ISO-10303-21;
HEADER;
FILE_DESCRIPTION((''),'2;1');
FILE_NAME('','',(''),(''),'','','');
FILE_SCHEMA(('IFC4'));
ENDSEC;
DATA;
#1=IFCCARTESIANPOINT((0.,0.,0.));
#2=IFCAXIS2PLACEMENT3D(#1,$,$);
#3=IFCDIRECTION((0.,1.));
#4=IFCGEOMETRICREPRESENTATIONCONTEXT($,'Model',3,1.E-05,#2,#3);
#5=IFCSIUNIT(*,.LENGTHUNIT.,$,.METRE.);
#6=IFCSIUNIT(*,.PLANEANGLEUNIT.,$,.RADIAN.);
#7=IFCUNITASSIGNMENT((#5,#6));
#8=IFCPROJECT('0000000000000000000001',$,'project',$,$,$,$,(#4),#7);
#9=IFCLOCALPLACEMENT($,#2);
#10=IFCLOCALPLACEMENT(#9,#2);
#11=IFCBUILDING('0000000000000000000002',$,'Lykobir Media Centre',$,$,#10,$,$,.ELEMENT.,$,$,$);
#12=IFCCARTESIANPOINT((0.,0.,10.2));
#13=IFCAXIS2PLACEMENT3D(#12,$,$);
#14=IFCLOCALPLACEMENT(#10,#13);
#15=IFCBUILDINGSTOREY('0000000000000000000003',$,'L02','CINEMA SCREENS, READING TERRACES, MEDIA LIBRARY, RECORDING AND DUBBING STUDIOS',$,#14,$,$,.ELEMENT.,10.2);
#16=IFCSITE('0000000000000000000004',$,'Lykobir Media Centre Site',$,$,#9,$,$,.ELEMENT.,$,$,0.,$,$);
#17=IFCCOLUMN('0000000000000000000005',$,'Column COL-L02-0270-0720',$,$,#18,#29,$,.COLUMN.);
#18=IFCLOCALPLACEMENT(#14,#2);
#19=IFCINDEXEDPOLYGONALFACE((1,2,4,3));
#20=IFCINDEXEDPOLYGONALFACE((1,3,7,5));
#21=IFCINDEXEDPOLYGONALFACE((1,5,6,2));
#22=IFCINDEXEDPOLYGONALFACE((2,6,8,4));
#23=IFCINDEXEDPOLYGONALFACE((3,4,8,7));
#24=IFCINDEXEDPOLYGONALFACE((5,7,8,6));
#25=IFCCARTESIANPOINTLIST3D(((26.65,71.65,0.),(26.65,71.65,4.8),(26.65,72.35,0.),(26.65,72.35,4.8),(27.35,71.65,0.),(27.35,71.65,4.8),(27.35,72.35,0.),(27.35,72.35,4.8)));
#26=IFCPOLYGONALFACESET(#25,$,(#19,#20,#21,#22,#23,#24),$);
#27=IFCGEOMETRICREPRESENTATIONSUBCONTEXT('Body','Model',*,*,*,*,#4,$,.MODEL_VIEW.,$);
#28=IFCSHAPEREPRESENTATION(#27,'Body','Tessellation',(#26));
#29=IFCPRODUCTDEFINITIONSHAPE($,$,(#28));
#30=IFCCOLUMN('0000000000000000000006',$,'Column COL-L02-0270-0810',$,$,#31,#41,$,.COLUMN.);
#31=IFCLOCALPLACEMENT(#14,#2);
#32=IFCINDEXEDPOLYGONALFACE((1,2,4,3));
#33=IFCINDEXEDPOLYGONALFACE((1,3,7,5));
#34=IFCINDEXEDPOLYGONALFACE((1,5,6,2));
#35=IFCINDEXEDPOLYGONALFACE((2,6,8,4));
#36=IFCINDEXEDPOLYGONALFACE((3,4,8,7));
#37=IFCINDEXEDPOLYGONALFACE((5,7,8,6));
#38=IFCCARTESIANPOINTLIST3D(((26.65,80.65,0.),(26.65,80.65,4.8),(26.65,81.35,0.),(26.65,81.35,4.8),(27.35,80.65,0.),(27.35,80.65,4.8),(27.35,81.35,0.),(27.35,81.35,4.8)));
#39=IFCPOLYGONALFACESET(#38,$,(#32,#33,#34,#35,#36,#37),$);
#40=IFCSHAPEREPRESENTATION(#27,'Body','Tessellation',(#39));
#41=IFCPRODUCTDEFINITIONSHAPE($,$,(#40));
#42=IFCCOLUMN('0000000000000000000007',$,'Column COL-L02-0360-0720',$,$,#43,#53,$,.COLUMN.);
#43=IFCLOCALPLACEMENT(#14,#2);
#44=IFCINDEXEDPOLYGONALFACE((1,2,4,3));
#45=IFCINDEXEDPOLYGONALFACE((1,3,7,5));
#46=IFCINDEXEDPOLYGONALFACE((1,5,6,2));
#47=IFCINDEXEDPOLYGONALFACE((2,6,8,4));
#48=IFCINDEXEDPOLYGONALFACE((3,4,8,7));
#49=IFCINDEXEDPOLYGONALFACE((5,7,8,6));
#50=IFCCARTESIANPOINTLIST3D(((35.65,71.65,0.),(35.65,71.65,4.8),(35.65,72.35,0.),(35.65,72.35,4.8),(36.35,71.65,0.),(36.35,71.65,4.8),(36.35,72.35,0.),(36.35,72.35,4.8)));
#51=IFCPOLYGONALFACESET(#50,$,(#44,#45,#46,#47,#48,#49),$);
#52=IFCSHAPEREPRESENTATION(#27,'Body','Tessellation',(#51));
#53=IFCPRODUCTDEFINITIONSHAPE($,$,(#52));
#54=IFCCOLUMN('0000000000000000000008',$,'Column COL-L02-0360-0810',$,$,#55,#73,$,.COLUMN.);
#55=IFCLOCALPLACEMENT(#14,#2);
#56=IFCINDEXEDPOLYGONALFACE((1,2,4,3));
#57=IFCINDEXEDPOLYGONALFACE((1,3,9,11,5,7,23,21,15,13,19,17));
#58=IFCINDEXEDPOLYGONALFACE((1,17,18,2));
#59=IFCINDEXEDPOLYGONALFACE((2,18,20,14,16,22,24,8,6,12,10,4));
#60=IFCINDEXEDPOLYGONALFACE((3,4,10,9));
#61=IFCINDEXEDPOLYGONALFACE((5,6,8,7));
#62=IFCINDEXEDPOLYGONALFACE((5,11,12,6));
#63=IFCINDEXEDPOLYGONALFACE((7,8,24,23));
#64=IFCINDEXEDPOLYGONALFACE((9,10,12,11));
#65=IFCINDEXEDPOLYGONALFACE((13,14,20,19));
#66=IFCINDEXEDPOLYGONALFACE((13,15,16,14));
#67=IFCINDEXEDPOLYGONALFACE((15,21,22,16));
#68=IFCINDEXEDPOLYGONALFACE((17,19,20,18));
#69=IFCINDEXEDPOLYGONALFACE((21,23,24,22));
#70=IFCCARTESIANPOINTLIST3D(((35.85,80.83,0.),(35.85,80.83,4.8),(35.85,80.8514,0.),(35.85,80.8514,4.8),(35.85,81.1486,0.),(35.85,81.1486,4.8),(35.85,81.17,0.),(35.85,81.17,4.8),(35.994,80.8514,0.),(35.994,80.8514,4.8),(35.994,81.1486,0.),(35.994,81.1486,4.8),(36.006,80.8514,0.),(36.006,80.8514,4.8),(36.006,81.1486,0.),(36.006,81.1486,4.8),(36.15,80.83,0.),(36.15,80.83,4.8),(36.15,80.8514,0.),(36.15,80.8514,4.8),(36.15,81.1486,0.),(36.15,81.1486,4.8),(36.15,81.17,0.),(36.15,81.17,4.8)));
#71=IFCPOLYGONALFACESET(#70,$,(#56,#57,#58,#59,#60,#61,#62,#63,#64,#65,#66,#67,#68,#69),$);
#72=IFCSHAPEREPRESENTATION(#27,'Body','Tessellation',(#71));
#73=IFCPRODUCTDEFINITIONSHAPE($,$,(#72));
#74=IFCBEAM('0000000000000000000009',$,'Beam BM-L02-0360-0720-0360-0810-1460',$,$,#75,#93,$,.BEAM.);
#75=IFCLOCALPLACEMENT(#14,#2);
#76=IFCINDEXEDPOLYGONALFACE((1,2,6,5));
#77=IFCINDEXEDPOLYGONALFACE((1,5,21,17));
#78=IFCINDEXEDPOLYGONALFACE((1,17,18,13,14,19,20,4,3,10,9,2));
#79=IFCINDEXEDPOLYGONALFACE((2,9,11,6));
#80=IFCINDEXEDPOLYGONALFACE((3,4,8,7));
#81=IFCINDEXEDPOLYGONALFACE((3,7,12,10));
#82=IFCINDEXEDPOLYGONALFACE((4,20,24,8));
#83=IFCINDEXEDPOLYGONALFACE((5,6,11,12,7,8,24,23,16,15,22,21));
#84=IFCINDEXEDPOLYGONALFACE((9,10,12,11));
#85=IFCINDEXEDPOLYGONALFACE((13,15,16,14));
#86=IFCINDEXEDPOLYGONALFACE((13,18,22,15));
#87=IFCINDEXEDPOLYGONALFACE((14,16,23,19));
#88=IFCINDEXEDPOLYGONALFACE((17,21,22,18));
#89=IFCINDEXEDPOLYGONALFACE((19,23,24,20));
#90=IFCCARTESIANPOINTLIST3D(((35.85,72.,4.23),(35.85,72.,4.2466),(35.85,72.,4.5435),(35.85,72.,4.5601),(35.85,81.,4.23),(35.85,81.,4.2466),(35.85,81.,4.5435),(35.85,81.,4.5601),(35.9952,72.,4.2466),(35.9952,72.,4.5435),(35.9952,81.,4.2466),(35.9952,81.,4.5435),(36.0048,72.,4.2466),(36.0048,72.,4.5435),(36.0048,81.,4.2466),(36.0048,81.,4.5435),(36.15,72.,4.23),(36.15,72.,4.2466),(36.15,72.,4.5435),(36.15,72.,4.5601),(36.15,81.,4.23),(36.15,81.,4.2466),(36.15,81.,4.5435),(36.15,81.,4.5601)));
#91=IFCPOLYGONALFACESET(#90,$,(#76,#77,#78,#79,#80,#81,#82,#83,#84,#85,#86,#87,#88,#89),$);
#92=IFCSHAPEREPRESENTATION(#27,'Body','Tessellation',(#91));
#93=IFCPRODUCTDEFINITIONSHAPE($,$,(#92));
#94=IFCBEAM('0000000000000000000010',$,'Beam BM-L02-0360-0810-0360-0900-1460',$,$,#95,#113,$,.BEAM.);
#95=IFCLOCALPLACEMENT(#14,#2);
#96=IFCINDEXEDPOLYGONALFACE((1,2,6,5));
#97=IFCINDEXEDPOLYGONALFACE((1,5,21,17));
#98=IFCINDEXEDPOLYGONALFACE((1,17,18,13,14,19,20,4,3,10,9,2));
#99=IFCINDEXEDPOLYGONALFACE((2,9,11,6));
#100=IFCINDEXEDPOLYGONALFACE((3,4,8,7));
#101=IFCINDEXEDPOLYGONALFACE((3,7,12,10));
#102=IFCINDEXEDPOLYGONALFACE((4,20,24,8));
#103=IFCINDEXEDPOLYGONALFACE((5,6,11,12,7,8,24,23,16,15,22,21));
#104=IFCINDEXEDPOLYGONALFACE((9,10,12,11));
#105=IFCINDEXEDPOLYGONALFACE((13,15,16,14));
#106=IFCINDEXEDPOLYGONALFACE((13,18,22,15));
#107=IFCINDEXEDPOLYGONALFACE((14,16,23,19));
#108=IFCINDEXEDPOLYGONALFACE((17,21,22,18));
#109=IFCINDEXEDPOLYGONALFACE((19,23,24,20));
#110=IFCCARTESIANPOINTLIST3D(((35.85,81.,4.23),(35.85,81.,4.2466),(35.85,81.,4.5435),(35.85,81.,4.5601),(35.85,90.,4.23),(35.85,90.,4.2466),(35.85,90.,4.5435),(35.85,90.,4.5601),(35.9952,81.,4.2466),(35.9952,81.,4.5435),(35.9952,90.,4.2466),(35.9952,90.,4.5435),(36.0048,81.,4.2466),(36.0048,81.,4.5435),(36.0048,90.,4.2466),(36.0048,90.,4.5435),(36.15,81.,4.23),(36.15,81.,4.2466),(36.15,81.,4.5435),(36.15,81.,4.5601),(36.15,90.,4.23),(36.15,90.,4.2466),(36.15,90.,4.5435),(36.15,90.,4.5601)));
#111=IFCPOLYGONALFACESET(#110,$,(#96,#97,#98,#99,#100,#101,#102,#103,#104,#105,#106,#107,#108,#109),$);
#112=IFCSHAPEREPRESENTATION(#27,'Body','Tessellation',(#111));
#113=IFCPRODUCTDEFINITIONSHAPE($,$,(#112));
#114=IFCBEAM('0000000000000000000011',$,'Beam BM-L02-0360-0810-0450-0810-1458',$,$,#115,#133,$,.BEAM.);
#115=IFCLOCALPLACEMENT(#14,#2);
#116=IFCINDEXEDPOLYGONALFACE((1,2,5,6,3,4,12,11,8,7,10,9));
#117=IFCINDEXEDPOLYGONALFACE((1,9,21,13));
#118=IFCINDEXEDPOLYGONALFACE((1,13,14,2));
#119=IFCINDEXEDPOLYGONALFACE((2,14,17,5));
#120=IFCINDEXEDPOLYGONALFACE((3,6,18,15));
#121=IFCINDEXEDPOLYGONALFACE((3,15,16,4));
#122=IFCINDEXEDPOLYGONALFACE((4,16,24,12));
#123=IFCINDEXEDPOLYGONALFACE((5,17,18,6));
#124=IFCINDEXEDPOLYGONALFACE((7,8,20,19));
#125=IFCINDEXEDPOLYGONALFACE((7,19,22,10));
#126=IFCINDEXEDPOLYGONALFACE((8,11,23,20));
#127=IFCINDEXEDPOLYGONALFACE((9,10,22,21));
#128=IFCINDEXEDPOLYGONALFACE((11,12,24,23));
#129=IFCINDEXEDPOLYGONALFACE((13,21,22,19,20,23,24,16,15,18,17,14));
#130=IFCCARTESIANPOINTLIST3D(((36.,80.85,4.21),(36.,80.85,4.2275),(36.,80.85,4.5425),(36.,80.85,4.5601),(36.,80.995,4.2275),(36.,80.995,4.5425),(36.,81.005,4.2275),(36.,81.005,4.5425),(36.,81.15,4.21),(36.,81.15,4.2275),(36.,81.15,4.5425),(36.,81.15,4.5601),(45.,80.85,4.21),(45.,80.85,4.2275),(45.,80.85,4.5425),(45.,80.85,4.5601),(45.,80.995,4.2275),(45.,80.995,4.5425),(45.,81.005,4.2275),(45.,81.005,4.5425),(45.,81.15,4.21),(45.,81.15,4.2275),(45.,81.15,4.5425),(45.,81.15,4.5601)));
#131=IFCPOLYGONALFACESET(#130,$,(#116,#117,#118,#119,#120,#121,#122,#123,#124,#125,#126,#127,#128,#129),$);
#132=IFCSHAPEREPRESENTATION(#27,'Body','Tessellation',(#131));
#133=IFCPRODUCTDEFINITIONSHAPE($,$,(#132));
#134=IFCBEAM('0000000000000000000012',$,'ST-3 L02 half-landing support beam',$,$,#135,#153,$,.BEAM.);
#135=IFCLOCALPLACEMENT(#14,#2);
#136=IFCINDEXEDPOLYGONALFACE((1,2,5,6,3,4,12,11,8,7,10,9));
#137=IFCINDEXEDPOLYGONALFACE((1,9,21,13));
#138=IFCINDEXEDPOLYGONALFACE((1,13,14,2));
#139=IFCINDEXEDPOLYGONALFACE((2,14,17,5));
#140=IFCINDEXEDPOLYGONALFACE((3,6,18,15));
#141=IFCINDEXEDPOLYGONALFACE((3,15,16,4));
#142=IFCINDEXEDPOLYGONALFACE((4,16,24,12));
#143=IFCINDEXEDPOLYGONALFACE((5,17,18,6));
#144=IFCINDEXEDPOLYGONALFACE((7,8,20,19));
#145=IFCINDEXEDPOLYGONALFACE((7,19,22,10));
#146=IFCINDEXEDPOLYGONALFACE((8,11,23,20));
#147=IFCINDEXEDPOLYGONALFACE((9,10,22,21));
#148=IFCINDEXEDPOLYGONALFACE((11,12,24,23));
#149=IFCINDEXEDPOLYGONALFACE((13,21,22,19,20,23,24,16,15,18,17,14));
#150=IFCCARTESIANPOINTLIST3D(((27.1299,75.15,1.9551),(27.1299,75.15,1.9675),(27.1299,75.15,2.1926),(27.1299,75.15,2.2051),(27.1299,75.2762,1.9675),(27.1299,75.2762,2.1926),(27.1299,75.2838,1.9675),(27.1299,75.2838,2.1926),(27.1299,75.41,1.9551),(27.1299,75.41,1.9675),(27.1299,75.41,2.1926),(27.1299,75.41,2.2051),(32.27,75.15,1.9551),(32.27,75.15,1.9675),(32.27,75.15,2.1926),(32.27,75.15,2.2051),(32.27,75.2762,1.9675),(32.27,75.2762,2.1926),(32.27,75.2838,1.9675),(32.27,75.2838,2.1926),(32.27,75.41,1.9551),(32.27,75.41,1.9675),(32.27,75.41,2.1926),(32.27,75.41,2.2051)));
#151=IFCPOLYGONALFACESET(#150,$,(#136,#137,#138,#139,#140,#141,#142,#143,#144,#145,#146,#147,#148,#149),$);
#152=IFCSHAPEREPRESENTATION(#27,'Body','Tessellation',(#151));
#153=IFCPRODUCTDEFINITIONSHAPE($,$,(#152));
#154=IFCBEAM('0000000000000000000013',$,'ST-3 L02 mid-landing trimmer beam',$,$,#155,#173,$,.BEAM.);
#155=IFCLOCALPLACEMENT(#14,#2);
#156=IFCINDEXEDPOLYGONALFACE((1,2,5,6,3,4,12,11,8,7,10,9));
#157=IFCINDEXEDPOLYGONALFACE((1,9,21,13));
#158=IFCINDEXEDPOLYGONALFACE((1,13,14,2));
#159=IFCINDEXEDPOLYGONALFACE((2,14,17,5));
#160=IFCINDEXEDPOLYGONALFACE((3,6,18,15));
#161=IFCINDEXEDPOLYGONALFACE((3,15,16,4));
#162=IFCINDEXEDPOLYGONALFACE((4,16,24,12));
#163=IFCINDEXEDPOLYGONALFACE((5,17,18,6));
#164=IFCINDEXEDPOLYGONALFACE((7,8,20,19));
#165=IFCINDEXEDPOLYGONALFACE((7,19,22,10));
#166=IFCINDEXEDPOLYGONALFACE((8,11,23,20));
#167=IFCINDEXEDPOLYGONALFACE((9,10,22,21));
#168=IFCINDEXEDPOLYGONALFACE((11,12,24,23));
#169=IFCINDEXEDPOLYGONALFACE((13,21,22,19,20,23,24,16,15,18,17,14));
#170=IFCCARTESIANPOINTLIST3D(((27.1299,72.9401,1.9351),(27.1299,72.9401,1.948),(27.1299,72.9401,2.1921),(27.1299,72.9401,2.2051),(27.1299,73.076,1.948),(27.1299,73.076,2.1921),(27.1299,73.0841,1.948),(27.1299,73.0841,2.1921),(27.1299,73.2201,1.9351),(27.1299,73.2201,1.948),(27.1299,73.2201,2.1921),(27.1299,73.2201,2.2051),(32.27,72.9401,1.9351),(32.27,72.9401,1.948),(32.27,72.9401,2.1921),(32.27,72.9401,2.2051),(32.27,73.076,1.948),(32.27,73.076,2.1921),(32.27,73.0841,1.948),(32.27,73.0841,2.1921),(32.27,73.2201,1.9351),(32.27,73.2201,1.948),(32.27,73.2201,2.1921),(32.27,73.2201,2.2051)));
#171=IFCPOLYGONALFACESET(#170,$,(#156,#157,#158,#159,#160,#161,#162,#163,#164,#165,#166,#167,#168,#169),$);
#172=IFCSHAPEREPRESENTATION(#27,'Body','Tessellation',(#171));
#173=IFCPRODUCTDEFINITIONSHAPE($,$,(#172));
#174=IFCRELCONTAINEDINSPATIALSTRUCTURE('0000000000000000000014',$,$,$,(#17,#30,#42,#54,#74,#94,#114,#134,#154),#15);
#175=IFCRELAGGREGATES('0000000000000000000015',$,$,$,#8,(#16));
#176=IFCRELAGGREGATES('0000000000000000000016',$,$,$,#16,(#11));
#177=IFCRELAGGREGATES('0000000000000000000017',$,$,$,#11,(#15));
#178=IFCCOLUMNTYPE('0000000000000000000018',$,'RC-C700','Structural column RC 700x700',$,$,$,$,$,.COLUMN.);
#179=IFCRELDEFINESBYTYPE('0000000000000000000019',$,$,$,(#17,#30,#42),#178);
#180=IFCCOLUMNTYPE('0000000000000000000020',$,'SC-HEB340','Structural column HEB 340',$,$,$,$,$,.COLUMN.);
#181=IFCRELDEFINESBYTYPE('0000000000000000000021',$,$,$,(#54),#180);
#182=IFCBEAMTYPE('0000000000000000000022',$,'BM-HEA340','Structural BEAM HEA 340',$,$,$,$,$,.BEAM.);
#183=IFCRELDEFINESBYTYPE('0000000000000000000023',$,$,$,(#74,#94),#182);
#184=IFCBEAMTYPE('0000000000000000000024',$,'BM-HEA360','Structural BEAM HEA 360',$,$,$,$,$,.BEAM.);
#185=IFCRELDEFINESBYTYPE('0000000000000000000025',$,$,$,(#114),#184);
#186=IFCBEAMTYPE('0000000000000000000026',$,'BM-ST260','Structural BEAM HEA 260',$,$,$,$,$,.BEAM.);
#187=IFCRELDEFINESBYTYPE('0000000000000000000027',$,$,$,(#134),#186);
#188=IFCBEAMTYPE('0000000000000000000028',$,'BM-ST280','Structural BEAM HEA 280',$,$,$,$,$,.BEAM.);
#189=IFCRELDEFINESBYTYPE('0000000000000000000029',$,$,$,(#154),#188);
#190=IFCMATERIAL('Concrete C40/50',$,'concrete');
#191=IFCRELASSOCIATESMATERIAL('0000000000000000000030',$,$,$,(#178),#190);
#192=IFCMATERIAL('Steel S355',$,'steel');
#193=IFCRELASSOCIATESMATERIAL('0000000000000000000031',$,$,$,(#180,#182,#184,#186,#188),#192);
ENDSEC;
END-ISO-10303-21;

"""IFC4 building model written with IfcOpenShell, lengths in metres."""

from ifc_helpers import new_model, si_unit, direction, frame, origin, origin_2d, place, context, subcontext, project, spatial, rectangle, i_section, extrude, material, material_profile, profile_set, type_object, element, save


model = new_model("IFC4")

# Units and contexts
model_context = context("Model", 3, precision=1e-05, world=origin(), true_north=direction((0.0, 1.0)))
body_context = subcontext(model_context, "Body", "Model", "MODEL_VIEW")
ifc_project = project(units=[si_unit("LENGTHUNIT", "METRE"), si_unit("PLANEANGLEUNIT", "RADIAN")], contexts=[model_context])

# Site, building, storey
site_placement = place(None, origin())
site = spatial("IfcSite", under=ifc_project, at=site_placement, Name="Lykobir Media Centre Site", CompositionType="ELEMENT", RefElevation=0.0)
building_placement = place(site_placement, origin())
building = spatial("IfcBuilding", under=site, at=building_placement, Name="Lykobir Media Centre", CompositionType="ELEMENT")
storey_placement = place(building_placement, frame((0.0, 0.0, 10.2)))
storey = spatial("IfcBuildingStorey", under=building, at=storey_placement, Name="L02", Description="CINEMA SCREENS, READING TERRACES, MEDIA LIBRARY, RECORDING AND DUBBING STUDIOS", CompositionType="ELEMENT", Elevation=10.2)

# Columns
ifc_material_1 = material(Name="Concrete C40/50", Category="concrete")
ifc_material_profile_1 = material_profile(ifc_material_1, rectangle(XDim=0.7, YDim=0.7, at=origin_2d()), Name="RC 700x700")
ifc_profile_set_1 = profile_set([ifc_material_profile_1], Name="Concrete C40/50")
column_type_1 = type_object("IfcColumnType", Name="RC-C700", Description="Structural column RC 700x700", PredefinedType="COLUMN", material=ifc_profile_set_1)
for number, where, z_axis, x_axis, name in (
    (1, (27.0, 72.0, 0.0), (0.0, 0.0, 1.0), (1.0, 0.0, 0.0), "Column COL-L02-0270-0720"),
    (2, (27.0, 81.0, 0.0), (0.0, 0.0, 1.0), (1.0, 0.0, 0.0), "Column COL-L02-0270-0810"),
    (3, (36.0, 72.0, 0.0), (0.0, 0.0, 1.0), (1.0, 0.0, 0.0), "Column COL-L02-0360-0720"),
):
    element("IfcColumn", number, at=place(storey_placement, frame(where, z_axis=z_axis, x_axis=x_axis)), inside=storey, type_object=column_type_1, Name=name, PredefinedType="COLUMN", context=body_context, shape_type="SweptSolid", body=[
        extrude(rectangle(XDim=0.7, YDim=0.7, at=origin_2d()), origin(), (0.0, 0.0, 1.0), 4.8),
    ])
ifc_material_2 = material(Name="Steel S355", Category="steel")
ifc_material_profile_2 = material_profile(ifc_material_2, i_section(OverallWidth=0.3, OverallDepth=0.3401, WebThickness=0.012, FlangeThickness=0.0215, at=origin_2d()), Name="HEB 340")
ifc_profile_set_2 = profile_set([ifc_material_profile_2], Name="Steel S355")
column_type_2 = type_object("IfcColumnType", Name="SC-HEB340", Description="Structural column HEB 340", PredefinedType="COLUMN", material=ifc_profile_set_2)
column_placement = place(storey_placement, frame((36.0, 81.0, 0.0), z_axis=(0.0, 0.0, 1.0), x_axis=(1.0, 0.0, 0.0)))
element("IfcColumn", 4, at=column_placement, inside=storey, type_object=column_type_2, Name="Column COL-L02-0360-0810", PredefinedType="COLUMN", context=body_context, shape_type="SweptSolid", body=[
    extrude(i_section(OverallWidth=0.3, OverallDepth=0.3401, WebThickness=0.012, FlangeThickness=0.0215, at=origin_2d()), origin(), (0.0, 0.0, 1.0), 4.8),
])

# Beams
ifc_material_profile_3 = material_profile(ifc_material_2, i_section(OverallWidth=0.3, OverallDepth=0.3301, WebThickness=0.0095, FlangeThickness=0.0166, at=origin_2d()), Name="HEA 340")
ifc_profile_set_3 = profile_set([ifc_material_profile_3], Name="Steel S355")
beam_type_1 = type_object("IfcBeamType", Name="BM-HEA340", Description="Structural BEAM HEA 340", PredefinedType="BEAM", material=ifc_profile_set_3)
for number, where, z_axis, x_axis, name in (
    (5, (36.0, 72.0, 4.395), (0.0, 1.0, 0.0), (-1.0, 0.0, 0.0), "Beam BM-L02-0360-0720-0360-0810-1460"),
    (6, (36.0, 81.0, 4.395), (0.0, 1.0, 0.0), (-1.0, 0.0, 0.0), "Beam BM-L02-0360-0810-0360-0900-1460"),
):
    element("IfcBeam", number, at=place(storey_placement, frame(where, z_axis=z_axis, x_axis=x_axis)), inside=storey, type_object=beam_type_1, Name=name, PredefinedType="BEAM", context=body_context, shape_type="SweptSolid", body=[
        extrude(i_section(OverallWidth=0.3, OverallDepth=0.3301, WebThickness=0.0095, FlangeThickness=0.0166, at=origin_2d()), origin(), (0.0, 0.0, 1.0), 9.0),
    ])
ifc_material_profile_4 = material_profile(ifc_material_2, i_section(OverallWidth=0.3, OverallDepth=0.3501, WebThickness=0.01, FlangeThickness=0.0176, at=origin_2d()), Name="HEA 360")
ifc_profile_set_4 = profile_set([ifc_material_profile_4], Name="Steel S355")
beam_type_2 = type_object("IfcBeamType", Name="BM-HEA360", Description="Structural BEAM HEA 360", PredefinedType="BEAM", material=ifc_profile_set_4)
beam_1_placement = place(storey_placement, frame((36.0, 81.0, 4.385), z_axis=(1.0, 0.0, 0.0), x_axis=(0.0, 1.0, 0.0)))
element("IfcBeam", 7, at=beam_1_placement, inside=storey, type_object=beam_type_2, Name="Beam BM-L02-0360-0810-0450-0810-1458", PredefinedType="BEAM", context=body_context, shape_type="SweptSolid", body=[
    extrude(i_section(OverallWidth=0.3, OverallDepth=0.3501, WebThickness=0.01, FlangeThickness=0.0176, at=origin_2d()), origin(), (0.0, 0.0, 1.0), 9.0),
])
ifc_material_profile_5 = material_profile(ifc_material_2, i_section(OverallWidth=0.26, OverallDepth=0.25, WebThickness=0.0076, FlangeThickness=0.0125, at=origin_2d()), Name="HEA 260")
ifc_profile_set_5 = profile_set([ifc_material_profile_5], Name="Steel S355")
beam_type_3 = type_object("IfcBeamType", Name="BM-ST260", Description="Structural BEAM HEA 260", PredefinedType="BEAM", material=ifc_profile_set_5)
beam_2_placement = place(storey_placement, frame((27.1299, 75.28, 2.0801), z_axis=(1.0, 0.0, 0.0), x_axis=(0.0, 1.0, 0.0)))
element("IfcBeam", 8, at=beam_2_placement, inside=storey, type_object=beam_type_3, Name="ST-3 L02 half-landing support beam", PredefinedType="BEAM", context=body_context, shape_type="SweptSolid", body=[
    extrude(i_section(OverallWidth=0.26, OverallDepth=0.25, WebThickness=0.0076, FlangeThickness=0.0125, at=origin_2d()), origin(), (0.0, 0.0, 1.0), 5.1401),
])
ifc_material_profile_6 = material_profile(ifc_material_2, i_section(OverallWidth=0.28, OverallDepth=0.27, WebThickness=0.0081, FlangeThickness=0.0129, at=origin_2d()), Name="HEA 280")
ifc_profile_set_6 = profile_set([ifc_material_profile_6], Name="Steel S355")
beam_type_4 = type_object("IfcBeamType", Name="BM-ST280", Description="Structural BEAM HEA 280", PredefinedType="BEAM", material=ifc_profile_set_6)
beam_3_placement = place(storey_placement, frame((27.1299, 73.0801, 2.0701), z_axis=(1.0, 0.0, 0.0), x_axis=(0.0, 1.0, 0.0)))
element("IfcBeam", 9, at=beam_3_placement, inside=storey, type_object=beam_type_4, Name="ST-3 L02 mid-landing trimmer beam", PredefinedType="BEAM", context=body_context, shape_type="SweptSolid", body=[
    extrude(i_section(OverallWidth=0.28, OverallDepth=0.27, WebThickness=0.0081, FlangeThickness=0.0129, at=origin_2d()), origin(), (0.0, 0.0, 1.0), 5.1401),
])

save(model, "model.ifc")
